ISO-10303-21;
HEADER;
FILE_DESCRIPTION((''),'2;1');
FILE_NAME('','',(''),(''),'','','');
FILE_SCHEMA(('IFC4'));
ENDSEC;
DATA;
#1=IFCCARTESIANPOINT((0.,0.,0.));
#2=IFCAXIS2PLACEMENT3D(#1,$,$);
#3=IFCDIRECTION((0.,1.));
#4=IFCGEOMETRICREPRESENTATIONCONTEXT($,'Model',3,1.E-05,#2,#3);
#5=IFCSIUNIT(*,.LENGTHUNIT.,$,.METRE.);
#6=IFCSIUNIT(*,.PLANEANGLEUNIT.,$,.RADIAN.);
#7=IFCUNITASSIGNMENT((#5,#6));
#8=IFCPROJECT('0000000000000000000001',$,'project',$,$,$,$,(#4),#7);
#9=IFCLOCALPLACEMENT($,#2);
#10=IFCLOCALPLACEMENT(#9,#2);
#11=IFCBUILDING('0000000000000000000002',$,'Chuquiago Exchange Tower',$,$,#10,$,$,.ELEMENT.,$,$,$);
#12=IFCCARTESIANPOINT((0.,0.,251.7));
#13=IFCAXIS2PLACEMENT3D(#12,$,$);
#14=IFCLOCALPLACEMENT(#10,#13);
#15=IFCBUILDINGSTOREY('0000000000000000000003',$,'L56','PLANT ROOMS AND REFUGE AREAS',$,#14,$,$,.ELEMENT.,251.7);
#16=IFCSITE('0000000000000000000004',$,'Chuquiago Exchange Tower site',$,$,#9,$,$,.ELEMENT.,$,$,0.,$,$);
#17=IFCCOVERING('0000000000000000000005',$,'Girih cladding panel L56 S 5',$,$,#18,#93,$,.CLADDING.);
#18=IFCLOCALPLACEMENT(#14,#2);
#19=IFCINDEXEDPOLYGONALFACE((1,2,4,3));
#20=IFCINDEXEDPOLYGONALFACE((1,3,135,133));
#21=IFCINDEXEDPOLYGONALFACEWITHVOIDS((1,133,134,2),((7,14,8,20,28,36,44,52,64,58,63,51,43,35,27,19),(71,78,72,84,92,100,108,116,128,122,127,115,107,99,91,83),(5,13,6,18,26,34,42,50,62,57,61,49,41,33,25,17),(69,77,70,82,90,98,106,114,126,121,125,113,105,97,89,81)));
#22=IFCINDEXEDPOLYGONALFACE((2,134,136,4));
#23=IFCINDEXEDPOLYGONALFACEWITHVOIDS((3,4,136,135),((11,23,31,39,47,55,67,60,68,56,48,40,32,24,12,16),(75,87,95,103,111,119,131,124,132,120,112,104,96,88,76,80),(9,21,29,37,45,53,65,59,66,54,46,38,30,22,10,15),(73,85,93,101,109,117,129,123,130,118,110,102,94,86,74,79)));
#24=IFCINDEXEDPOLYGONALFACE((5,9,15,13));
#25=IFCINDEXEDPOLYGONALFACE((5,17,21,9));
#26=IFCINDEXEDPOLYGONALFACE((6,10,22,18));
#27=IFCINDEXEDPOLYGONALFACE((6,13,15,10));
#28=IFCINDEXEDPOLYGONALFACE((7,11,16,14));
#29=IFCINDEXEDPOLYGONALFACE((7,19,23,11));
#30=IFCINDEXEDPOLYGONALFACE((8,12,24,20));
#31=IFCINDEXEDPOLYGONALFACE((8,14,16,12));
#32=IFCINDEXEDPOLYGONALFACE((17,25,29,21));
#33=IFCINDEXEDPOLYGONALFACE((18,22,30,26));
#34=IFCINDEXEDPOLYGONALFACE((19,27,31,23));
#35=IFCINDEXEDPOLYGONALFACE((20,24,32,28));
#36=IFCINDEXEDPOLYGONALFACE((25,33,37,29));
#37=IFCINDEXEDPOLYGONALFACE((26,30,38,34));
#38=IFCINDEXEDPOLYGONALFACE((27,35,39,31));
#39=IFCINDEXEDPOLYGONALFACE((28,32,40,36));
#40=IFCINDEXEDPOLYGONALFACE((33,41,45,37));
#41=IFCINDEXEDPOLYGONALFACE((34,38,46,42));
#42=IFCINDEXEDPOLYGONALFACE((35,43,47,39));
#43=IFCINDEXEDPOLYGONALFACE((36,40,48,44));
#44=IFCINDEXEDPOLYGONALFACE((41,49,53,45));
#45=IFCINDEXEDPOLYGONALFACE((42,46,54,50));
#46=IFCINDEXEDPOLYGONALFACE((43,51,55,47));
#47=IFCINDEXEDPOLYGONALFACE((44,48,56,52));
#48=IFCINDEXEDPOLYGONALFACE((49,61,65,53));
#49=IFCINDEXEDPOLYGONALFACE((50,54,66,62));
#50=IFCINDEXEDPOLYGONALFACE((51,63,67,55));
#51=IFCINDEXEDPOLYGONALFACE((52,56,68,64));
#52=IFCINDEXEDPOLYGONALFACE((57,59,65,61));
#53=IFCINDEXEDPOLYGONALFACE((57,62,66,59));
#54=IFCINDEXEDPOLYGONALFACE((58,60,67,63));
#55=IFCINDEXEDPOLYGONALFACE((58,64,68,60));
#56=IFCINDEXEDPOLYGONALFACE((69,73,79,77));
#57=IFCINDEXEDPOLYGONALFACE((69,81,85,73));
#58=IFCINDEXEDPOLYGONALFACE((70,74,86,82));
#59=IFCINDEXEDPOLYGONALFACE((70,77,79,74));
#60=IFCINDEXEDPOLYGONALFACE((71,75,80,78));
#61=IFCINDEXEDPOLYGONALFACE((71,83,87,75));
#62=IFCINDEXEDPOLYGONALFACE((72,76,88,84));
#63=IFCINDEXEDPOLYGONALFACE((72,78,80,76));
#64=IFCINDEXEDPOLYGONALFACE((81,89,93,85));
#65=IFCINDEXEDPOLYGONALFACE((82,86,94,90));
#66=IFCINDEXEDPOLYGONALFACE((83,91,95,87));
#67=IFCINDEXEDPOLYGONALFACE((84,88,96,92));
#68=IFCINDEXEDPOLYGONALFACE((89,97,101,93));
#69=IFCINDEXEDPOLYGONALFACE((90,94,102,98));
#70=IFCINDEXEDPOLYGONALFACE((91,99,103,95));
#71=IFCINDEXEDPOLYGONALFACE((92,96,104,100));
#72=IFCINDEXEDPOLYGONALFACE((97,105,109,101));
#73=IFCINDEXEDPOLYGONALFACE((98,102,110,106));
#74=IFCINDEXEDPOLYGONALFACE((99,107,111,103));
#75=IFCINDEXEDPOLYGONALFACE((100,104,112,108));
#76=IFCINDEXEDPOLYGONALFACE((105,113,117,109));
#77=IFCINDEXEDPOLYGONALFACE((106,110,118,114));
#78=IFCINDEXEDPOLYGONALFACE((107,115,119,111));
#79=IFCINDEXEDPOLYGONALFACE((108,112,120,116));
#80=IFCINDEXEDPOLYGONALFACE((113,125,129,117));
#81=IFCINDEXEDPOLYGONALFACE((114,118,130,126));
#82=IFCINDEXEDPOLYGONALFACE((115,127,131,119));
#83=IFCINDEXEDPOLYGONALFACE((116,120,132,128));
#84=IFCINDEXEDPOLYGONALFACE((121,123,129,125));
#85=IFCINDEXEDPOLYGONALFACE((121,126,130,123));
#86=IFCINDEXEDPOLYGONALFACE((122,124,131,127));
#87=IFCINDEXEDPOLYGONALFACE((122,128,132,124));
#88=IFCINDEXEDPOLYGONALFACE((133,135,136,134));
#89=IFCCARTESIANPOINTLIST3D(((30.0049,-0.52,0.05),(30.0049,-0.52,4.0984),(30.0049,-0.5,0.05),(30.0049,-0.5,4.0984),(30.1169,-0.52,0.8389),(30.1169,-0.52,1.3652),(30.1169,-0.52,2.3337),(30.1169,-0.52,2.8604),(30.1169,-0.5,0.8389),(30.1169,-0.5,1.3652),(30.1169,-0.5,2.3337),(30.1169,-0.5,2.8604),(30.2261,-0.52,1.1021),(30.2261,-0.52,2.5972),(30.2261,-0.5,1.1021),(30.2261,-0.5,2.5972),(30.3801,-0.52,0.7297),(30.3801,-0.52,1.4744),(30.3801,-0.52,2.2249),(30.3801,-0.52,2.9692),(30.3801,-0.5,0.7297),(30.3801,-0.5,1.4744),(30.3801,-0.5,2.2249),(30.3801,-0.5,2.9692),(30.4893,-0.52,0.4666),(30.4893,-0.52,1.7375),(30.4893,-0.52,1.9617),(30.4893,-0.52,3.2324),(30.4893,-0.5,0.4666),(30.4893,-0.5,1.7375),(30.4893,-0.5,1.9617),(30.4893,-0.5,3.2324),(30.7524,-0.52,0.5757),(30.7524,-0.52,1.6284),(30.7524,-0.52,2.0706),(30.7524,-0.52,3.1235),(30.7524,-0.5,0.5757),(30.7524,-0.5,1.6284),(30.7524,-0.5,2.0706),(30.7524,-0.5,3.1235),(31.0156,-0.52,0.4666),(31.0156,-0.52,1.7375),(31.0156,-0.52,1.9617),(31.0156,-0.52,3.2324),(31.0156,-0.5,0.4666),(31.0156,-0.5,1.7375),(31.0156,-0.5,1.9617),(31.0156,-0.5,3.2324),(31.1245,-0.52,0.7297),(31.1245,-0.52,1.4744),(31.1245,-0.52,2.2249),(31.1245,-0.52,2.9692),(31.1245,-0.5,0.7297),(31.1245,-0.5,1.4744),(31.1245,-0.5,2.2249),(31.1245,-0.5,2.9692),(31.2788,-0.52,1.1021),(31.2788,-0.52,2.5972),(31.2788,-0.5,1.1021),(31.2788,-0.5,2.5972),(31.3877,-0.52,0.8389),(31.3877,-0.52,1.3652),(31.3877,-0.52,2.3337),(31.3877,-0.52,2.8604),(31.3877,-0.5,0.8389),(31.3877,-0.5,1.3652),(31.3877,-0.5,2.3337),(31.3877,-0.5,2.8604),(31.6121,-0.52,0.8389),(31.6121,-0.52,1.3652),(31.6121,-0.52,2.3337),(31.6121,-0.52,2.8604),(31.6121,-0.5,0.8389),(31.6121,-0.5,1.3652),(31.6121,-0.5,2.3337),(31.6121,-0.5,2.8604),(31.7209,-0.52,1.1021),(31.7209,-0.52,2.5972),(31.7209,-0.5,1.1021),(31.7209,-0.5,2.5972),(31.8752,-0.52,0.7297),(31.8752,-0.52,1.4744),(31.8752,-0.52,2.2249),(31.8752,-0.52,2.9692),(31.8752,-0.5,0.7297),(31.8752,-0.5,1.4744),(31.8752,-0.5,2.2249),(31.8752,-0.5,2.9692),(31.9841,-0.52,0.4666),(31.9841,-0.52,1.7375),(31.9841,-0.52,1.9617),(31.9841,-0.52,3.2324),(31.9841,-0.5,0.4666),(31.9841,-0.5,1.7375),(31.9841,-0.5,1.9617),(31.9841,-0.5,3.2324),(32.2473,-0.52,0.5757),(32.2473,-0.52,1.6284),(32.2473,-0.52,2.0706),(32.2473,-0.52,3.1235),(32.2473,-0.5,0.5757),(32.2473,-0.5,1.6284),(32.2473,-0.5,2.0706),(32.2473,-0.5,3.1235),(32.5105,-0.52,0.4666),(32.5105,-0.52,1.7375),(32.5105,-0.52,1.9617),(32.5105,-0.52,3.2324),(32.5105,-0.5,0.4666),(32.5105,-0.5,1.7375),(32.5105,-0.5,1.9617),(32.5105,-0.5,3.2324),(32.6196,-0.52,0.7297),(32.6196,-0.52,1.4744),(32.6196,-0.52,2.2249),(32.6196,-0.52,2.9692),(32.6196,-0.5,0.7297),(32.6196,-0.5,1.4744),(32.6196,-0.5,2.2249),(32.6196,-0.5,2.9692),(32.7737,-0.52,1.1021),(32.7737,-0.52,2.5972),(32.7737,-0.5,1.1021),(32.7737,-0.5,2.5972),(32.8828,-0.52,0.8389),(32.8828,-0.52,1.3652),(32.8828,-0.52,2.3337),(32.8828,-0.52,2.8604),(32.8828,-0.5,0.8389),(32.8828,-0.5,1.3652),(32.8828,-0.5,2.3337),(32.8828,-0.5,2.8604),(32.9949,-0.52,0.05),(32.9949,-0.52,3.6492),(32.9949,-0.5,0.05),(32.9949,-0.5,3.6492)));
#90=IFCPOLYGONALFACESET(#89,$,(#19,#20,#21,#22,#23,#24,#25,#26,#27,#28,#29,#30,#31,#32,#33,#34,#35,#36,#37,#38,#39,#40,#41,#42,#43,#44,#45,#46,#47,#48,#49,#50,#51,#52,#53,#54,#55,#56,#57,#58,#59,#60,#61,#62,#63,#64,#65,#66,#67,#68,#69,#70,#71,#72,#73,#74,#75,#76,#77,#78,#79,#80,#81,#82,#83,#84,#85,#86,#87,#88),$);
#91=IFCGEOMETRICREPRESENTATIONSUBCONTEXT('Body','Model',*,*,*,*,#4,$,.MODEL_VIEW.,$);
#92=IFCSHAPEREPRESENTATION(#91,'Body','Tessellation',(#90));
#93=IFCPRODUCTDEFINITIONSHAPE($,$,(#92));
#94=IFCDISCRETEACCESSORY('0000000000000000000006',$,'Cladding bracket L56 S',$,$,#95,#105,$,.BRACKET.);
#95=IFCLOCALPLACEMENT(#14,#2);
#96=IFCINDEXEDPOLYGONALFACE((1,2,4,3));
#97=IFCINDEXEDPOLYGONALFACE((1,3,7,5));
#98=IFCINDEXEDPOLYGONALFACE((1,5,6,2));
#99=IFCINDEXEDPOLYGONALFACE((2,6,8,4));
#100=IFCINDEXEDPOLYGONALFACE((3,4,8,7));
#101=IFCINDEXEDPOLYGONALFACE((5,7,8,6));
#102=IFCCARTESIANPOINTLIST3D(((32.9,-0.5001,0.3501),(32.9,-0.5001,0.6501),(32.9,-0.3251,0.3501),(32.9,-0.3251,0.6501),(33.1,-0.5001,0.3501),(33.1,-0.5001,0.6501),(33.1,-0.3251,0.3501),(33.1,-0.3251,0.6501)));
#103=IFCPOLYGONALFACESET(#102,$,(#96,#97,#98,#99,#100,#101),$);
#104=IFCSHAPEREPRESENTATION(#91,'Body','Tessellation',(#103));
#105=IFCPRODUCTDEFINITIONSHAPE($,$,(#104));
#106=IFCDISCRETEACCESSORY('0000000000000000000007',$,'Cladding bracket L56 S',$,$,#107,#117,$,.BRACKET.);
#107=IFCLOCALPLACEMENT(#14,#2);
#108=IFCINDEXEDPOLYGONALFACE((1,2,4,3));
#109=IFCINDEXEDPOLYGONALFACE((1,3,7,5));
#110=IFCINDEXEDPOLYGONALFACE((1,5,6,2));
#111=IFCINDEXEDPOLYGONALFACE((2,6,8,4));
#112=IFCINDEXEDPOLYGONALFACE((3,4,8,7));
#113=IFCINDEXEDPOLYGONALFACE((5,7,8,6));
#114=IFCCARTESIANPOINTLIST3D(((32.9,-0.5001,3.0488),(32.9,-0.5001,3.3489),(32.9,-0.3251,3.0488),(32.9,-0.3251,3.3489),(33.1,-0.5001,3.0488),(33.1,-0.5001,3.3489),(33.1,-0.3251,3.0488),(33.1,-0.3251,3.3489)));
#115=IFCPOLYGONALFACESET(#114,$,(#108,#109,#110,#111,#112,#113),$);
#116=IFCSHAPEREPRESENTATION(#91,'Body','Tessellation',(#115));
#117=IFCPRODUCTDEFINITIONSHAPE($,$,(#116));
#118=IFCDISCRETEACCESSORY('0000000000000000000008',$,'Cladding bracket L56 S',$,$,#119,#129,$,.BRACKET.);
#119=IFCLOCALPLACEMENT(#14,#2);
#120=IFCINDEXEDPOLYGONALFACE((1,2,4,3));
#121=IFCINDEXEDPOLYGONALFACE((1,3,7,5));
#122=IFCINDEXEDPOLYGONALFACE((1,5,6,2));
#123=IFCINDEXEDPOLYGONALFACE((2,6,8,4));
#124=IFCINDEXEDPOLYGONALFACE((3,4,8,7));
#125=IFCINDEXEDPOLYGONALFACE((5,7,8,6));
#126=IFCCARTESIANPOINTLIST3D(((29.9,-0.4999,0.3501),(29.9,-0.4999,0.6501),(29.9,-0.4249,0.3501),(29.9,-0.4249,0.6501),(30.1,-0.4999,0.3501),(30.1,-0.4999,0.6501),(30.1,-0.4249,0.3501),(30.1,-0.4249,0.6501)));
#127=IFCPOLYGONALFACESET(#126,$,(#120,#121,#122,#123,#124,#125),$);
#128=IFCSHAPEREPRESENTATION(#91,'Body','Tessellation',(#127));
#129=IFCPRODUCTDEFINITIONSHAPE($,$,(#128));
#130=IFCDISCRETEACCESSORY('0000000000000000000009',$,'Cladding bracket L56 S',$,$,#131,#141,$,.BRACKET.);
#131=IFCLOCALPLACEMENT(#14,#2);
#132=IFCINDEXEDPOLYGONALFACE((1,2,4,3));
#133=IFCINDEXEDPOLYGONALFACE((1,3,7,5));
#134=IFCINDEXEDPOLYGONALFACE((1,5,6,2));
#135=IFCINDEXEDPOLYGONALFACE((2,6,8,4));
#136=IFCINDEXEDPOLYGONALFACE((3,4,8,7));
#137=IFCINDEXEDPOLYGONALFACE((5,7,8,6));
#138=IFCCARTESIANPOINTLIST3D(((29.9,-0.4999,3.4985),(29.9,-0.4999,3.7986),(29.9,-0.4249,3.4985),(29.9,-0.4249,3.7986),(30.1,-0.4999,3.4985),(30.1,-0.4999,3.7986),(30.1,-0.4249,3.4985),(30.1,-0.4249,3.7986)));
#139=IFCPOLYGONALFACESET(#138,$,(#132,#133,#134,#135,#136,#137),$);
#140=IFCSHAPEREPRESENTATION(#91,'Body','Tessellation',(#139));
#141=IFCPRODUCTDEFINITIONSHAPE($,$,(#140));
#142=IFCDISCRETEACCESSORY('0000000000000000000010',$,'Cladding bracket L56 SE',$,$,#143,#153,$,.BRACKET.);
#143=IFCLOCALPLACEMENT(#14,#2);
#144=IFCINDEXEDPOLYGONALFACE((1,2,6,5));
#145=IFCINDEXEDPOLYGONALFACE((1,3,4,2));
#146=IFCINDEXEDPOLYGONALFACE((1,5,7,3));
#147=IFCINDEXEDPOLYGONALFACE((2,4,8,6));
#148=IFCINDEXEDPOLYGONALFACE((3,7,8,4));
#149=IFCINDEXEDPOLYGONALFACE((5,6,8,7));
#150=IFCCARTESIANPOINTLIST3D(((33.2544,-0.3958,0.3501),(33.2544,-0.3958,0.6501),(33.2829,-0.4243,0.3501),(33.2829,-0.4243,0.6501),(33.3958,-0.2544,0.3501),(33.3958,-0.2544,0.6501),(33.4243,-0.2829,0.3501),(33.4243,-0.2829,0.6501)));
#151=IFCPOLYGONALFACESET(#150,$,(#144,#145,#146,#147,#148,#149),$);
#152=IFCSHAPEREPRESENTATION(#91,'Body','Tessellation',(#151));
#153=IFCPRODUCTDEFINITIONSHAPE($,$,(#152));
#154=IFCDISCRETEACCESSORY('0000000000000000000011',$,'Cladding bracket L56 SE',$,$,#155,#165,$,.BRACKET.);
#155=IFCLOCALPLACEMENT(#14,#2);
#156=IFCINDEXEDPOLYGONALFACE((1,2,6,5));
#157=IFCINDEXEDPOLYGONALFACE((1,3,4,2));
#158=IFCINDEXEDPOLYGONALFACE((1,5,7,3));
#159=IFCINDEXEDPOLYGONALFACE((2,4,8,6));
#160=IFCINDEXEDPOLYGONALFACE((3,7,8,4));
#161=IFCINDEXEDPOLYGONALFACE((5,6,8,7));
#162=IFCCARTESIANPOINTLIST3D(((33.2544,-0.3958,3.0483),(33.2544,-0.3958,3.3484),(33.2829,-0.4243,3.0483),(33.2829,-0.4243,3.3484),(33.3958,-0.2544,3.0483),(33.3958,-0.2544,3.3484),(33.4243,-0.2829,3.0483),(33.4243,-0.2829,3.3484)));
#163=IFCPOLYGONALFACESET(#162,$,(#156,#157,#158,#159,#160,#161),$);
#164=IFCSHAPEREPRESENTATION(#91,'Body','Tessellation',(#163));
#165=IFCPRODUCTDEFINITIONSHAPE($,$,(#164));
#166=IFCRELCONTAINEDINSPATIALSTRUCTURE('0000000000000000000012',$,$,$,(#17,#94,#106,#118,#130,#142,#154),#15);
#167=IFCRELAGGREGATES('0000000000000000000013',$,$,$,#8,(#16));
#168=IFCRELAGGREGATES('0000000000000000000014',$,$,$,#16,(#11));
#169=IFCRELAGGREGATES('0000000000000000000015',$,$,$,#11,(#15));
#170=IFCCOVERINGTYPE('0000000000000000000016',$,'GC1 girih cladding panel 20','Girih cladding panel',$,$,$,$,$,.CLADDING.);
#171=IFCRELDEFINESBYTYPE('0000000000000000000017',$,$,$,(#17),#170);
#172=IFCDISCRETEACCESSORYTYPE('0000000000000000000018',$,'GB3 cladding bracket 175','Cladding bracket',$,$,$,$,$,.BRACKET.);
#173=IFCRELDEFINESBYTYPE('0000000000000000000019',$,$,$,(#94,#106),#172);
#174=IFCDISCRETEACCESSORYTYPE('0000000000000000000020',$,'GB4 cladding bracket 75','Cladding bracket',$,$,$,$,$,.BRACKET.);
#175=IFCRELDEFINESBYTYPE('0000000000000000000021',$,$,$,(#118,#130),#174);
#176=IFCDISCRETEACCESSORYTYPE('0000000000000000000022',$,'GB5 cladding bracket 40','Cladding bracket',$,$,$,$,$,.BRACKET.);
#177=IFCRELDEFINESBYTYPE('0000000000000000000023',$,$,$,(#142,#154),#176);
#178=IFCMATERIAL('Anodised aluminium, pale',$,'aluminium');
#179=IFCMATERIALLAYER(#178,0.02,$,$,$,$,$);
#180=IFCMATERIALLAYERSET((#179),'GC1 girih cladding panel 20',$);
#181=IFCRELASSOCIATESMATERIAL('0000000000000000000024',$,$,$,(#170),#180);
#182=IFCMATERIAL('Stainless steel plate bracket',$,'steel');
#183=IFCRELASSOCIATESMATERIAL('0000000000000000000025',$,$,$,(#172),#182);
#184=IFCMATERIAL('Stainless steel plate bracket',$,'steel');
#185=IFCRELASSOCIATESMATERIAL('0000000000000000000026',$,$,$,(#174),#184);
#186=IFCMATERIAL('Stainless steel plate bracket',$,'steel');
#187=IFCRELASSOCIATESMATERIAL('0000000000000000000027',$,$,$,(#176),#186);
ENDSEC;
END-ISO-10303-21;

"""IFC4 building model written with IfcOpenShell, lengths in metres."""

from ifc_helpers import new_model, si_unit, direction, frame, origin, origin_2d, place, context, subcontext, project, spatial, polyline, rectangle, outline, extrude, material, layer, layer_set, type_object, element, save


model = new_model("IFC4")

# Units and contexts
model_context = context("Model", 3, precision=1e-05, world=origin(), true_north=direction((0.0, 1.0)))
body_context = subcontext(model_context, "Body", "Model", "MODEL_VIEW")
ifc_project = project(units=[si_unit("LENGTHUNIT", "METRE"), si_unit("PLANEANGLEUNIT", "RADIAN")], contexts=[model_context])

# Site, building, storey
site_placement = place(None, origin())
site = spatial("IfcSite", under=ifc_project, at=site_placement, Name="Chuquiago Exchange Tower site", CompositionType="ELEMENT", RefElevation=0.0)
building_placement = place(site_placement, origin())
building = spatial("IfcBuilding", under=site, at=building_placement, Name="Chuquiago Exchange Tower", CompositionType="ELEMENT")
storey_placement = place(building_placement, frame((0.0, 0.0, 251.7)))
storey = spatial("IfcBuildingStorey", under=building, at=storey_placement, Name="L56", Description="PLANT ROOMS AND REFUGE AREAS", CompositionType="ELEMENT", Elevation=251.7)

# Covering
ifc_material_1 = material(Name="Anodised aluminium, pale", Category="aluminium")
ifc_layer_1 = layer(ifc_material_1, 0.02)
ifc_layer_set_1 = layer_set([ifc_layer_1], Name="GC1 girih cladding panel 20")
covering_type_1 = type_object("IfcCoveringType", Name="GC1 girih cladding panel 20", Description="Girih cladding panel", PredefinedType="CLADDING", material=ifc_layer_set_1)
covering_1_placement = place(storey_placement, frame((30.0049, -0.5, 0.05), z_axis=(0.0, 0.0, 1.0), x_axis=(1.0, 0.0, 0.0)))
element("IfcCovering", 1, at=covering_1_placement, inside=storey, type_object=covering_type_1, Name="Girih cladding panel L56 S 5", PredefinedType="CLADDING", context=body_context, shape_type="SweptSolid", body=[
    extrude(outline(polyline([(0.0, 0.0), (2.99, 0.0), (2.99, 3.5991), (0.0, 4.0483), (0.0, 0.0)]), holes=[polyline([(1.2739, 1.052), (1.3828, 1.3152), (1.1196, 1.4243), (1.0107, 1.6875), (0.7476, 1.5784), (0.4844, 1.6875), (0.3752, 1.4243), (0.1121, 1.3152), (0.2212, 1.052), (0.1121, 0.7888), (0.3752, 0.6797), (0.4844, 0.4165), (0.7476, 0.5256), (1.0107, 0.4165), (1.1196, 0.6797), (1.3828, 0.7888), (1.2739, 1.052)]), polyline([(2.7688, 1.052), (2.8779, 1.3152), (2.6147, 1.4243), (2.5056, 1.6875), (2.2424, 1.5784), (1.9792, 1.6875), (1.8704, 1.4243), (1.6072, 1.3152), (1.7161, 1.052), (1.6072, 0.7888), (1.8704, 0.6797), (1.9792, 0.4165), (2.2424, 0.5256), (2.5056, 0.4165), (2.6147, 0.6797), (2.8779, 0.7888), (2.7688, 1.052)]), polyline([(1.2739, 2.5471), (1.3828, 2.8103), (1.1196, 2.9192), (1.0107, 3.1824), (0.7476, 3.0735), (0.4844, 3.1824), (0.3752, 2.9192), (0.1121, 2.8103), (0.2212, 2.5471), (0.1121, 2.2837), (0.3752, 2.1748), (0.4844, 1.9116), (0.7476, 2.0205), (1.0107, 1.9116), (1.1196, 2.1748), (1.3828, 2.2837), (1.2739, 2.5471)]), polyline([(2.7688, 2.5471), (2.8779, 2.8103), (2.6147, 2.9192), (2.5056, 3.1824), (2.2424, 3.0735), (1.9792, 3.1824), (1.8704, 2.9192), (1.6072, 2.8103), (1.7161, 2.5471), (1.6072, 2.2837), (1.8704, 2.1748), (1.9792, 1.9116), (2.2424, 2.0205), (2.5056, 1.9116), (2.6147, 2.1748), (2.8779, 2.2837), (2.7688, 2.5471)])]), frame((0.0, 0.0, 0.0), z_axis=(0.0, -1.0, 0.0), x_axis=(1.0, 0.0, 0.0)), (0.0, 0.0, 1.0), 0.02),
])

# Discrete accessories
ifc_material_2 = material(Name="Stainless steel plate bracket", Category="steel")
discrete_accessory_type_1 = type_object("IfcDiscreteAccessoryType", Name="GB3 cladding bracket 175", Description="Cladding bracket", PredefinedType="BRACKET", material=ifc_material_2)
for number, where, z_axis, x_axis, name in (
    (2, (33.0, -0.4126, 0.3501), (0.0, 0.0, 1.0), (1.0, 0.0, 0.0), "Cladding bracket L56 S"),
    (3, (33.0, -0.4126, 3.0488), (0.0, 0.0, 1.0), (1.0, 0.0, 0.0), "Cladding bracket L56 S"),
):
    element("IfcDiscreteAccessory", number, at=place(storey_placement, frame(where, z_axis=z_axis, x_axis=x_axis)), inside=storey, type_object=discrete_accessory_type_1, Name=name, PredefinedType="BRACKET", context=body_context, shape_type="SweptSolid", body=[
        extrude(rectangle(XDim=0.2, YDim=0.175, at=origin_2d()), origin(), (0.0, 0.0, 1.0), 0.3),
    ])
ifc_material_3 = material(Name="Stainless steel plate bracket", Category="steel")
discrete_accessory_type_2 = type_object("IfcDiscreteAccessoryType", Name="GB4 cladding bracket 75", Description="Cladding bracket", PredefinedType="BRACKET", material=ifc_material_3)
for number, where, z_axis, x_axis, name in (
    (4, (30.0, -0.4624, 0.3501), (0.0, 0.0, 1.0), (1.0, 0.0, 0.0), "Cladding bracket L56 S"),
    (5, (30.0, -0.4624, 3.4985), (0.0, 0.0, 1.0), (1.0, 0.0, 0.0), "Cladding bracket L56 S"),
):
    element("IfcDiscreteAccessory", number, at=place(storey_placement, frame(where, z_axis=z_axis, x_axis=x_axis)), inside=storey, type_object=discrete_accessory_type_2, Name=name, PredefinedType="BRACKET", context=body_context, shape_type="SweptSolid", body=[
        extrude(rectangle(XDim=0.2, YDim=0.075, at=origin_2d()), origin(), (0.0, 0.0, 1.0), 0.3),
    ])
ifc_material_4 = material(Name="Stainless steel plate bracket", Category="steel")
discrete_accessory_type_3 = type_object("IfcDiscreteAccessoryType", Name="GB5 cladding bracket 40", Description="Cladding bracket", PredefinedType="BRACKET", material=ifc_material_4)
for number, where, z_axis, x_axis, name in (
    (6, (33.3394, -0.3394, 0.3501), (0.0, 0.0, 1.0), (0.707107, 0.707107, 0.0), "Cladding bracket L56 SE"),
    (7, (33.3394, -0.3394, 3.0483), (0.0, 0.0, 1.0), (0.707107, 0.707107, 0.0), "Cladding bracket L56 SE"),
):
    element("IfcDiscreteAccessory", number, at=place(storey_placement, frame(where, z_axis=z_axis, x_axis=x_axis)), inside=storey, type_object=discrete_accessory_type_3, Name=name, PredefinedType="BRACKET", context=body_context, shape_type="SweptSolid", body=[
        extrude(rectangle(XDim=0.2, YDim=0.0403, at=origin_2d()), origin(), (0.0, 0.0, 1.0), 0.3),
    ])

save(model, "model.ifc")
